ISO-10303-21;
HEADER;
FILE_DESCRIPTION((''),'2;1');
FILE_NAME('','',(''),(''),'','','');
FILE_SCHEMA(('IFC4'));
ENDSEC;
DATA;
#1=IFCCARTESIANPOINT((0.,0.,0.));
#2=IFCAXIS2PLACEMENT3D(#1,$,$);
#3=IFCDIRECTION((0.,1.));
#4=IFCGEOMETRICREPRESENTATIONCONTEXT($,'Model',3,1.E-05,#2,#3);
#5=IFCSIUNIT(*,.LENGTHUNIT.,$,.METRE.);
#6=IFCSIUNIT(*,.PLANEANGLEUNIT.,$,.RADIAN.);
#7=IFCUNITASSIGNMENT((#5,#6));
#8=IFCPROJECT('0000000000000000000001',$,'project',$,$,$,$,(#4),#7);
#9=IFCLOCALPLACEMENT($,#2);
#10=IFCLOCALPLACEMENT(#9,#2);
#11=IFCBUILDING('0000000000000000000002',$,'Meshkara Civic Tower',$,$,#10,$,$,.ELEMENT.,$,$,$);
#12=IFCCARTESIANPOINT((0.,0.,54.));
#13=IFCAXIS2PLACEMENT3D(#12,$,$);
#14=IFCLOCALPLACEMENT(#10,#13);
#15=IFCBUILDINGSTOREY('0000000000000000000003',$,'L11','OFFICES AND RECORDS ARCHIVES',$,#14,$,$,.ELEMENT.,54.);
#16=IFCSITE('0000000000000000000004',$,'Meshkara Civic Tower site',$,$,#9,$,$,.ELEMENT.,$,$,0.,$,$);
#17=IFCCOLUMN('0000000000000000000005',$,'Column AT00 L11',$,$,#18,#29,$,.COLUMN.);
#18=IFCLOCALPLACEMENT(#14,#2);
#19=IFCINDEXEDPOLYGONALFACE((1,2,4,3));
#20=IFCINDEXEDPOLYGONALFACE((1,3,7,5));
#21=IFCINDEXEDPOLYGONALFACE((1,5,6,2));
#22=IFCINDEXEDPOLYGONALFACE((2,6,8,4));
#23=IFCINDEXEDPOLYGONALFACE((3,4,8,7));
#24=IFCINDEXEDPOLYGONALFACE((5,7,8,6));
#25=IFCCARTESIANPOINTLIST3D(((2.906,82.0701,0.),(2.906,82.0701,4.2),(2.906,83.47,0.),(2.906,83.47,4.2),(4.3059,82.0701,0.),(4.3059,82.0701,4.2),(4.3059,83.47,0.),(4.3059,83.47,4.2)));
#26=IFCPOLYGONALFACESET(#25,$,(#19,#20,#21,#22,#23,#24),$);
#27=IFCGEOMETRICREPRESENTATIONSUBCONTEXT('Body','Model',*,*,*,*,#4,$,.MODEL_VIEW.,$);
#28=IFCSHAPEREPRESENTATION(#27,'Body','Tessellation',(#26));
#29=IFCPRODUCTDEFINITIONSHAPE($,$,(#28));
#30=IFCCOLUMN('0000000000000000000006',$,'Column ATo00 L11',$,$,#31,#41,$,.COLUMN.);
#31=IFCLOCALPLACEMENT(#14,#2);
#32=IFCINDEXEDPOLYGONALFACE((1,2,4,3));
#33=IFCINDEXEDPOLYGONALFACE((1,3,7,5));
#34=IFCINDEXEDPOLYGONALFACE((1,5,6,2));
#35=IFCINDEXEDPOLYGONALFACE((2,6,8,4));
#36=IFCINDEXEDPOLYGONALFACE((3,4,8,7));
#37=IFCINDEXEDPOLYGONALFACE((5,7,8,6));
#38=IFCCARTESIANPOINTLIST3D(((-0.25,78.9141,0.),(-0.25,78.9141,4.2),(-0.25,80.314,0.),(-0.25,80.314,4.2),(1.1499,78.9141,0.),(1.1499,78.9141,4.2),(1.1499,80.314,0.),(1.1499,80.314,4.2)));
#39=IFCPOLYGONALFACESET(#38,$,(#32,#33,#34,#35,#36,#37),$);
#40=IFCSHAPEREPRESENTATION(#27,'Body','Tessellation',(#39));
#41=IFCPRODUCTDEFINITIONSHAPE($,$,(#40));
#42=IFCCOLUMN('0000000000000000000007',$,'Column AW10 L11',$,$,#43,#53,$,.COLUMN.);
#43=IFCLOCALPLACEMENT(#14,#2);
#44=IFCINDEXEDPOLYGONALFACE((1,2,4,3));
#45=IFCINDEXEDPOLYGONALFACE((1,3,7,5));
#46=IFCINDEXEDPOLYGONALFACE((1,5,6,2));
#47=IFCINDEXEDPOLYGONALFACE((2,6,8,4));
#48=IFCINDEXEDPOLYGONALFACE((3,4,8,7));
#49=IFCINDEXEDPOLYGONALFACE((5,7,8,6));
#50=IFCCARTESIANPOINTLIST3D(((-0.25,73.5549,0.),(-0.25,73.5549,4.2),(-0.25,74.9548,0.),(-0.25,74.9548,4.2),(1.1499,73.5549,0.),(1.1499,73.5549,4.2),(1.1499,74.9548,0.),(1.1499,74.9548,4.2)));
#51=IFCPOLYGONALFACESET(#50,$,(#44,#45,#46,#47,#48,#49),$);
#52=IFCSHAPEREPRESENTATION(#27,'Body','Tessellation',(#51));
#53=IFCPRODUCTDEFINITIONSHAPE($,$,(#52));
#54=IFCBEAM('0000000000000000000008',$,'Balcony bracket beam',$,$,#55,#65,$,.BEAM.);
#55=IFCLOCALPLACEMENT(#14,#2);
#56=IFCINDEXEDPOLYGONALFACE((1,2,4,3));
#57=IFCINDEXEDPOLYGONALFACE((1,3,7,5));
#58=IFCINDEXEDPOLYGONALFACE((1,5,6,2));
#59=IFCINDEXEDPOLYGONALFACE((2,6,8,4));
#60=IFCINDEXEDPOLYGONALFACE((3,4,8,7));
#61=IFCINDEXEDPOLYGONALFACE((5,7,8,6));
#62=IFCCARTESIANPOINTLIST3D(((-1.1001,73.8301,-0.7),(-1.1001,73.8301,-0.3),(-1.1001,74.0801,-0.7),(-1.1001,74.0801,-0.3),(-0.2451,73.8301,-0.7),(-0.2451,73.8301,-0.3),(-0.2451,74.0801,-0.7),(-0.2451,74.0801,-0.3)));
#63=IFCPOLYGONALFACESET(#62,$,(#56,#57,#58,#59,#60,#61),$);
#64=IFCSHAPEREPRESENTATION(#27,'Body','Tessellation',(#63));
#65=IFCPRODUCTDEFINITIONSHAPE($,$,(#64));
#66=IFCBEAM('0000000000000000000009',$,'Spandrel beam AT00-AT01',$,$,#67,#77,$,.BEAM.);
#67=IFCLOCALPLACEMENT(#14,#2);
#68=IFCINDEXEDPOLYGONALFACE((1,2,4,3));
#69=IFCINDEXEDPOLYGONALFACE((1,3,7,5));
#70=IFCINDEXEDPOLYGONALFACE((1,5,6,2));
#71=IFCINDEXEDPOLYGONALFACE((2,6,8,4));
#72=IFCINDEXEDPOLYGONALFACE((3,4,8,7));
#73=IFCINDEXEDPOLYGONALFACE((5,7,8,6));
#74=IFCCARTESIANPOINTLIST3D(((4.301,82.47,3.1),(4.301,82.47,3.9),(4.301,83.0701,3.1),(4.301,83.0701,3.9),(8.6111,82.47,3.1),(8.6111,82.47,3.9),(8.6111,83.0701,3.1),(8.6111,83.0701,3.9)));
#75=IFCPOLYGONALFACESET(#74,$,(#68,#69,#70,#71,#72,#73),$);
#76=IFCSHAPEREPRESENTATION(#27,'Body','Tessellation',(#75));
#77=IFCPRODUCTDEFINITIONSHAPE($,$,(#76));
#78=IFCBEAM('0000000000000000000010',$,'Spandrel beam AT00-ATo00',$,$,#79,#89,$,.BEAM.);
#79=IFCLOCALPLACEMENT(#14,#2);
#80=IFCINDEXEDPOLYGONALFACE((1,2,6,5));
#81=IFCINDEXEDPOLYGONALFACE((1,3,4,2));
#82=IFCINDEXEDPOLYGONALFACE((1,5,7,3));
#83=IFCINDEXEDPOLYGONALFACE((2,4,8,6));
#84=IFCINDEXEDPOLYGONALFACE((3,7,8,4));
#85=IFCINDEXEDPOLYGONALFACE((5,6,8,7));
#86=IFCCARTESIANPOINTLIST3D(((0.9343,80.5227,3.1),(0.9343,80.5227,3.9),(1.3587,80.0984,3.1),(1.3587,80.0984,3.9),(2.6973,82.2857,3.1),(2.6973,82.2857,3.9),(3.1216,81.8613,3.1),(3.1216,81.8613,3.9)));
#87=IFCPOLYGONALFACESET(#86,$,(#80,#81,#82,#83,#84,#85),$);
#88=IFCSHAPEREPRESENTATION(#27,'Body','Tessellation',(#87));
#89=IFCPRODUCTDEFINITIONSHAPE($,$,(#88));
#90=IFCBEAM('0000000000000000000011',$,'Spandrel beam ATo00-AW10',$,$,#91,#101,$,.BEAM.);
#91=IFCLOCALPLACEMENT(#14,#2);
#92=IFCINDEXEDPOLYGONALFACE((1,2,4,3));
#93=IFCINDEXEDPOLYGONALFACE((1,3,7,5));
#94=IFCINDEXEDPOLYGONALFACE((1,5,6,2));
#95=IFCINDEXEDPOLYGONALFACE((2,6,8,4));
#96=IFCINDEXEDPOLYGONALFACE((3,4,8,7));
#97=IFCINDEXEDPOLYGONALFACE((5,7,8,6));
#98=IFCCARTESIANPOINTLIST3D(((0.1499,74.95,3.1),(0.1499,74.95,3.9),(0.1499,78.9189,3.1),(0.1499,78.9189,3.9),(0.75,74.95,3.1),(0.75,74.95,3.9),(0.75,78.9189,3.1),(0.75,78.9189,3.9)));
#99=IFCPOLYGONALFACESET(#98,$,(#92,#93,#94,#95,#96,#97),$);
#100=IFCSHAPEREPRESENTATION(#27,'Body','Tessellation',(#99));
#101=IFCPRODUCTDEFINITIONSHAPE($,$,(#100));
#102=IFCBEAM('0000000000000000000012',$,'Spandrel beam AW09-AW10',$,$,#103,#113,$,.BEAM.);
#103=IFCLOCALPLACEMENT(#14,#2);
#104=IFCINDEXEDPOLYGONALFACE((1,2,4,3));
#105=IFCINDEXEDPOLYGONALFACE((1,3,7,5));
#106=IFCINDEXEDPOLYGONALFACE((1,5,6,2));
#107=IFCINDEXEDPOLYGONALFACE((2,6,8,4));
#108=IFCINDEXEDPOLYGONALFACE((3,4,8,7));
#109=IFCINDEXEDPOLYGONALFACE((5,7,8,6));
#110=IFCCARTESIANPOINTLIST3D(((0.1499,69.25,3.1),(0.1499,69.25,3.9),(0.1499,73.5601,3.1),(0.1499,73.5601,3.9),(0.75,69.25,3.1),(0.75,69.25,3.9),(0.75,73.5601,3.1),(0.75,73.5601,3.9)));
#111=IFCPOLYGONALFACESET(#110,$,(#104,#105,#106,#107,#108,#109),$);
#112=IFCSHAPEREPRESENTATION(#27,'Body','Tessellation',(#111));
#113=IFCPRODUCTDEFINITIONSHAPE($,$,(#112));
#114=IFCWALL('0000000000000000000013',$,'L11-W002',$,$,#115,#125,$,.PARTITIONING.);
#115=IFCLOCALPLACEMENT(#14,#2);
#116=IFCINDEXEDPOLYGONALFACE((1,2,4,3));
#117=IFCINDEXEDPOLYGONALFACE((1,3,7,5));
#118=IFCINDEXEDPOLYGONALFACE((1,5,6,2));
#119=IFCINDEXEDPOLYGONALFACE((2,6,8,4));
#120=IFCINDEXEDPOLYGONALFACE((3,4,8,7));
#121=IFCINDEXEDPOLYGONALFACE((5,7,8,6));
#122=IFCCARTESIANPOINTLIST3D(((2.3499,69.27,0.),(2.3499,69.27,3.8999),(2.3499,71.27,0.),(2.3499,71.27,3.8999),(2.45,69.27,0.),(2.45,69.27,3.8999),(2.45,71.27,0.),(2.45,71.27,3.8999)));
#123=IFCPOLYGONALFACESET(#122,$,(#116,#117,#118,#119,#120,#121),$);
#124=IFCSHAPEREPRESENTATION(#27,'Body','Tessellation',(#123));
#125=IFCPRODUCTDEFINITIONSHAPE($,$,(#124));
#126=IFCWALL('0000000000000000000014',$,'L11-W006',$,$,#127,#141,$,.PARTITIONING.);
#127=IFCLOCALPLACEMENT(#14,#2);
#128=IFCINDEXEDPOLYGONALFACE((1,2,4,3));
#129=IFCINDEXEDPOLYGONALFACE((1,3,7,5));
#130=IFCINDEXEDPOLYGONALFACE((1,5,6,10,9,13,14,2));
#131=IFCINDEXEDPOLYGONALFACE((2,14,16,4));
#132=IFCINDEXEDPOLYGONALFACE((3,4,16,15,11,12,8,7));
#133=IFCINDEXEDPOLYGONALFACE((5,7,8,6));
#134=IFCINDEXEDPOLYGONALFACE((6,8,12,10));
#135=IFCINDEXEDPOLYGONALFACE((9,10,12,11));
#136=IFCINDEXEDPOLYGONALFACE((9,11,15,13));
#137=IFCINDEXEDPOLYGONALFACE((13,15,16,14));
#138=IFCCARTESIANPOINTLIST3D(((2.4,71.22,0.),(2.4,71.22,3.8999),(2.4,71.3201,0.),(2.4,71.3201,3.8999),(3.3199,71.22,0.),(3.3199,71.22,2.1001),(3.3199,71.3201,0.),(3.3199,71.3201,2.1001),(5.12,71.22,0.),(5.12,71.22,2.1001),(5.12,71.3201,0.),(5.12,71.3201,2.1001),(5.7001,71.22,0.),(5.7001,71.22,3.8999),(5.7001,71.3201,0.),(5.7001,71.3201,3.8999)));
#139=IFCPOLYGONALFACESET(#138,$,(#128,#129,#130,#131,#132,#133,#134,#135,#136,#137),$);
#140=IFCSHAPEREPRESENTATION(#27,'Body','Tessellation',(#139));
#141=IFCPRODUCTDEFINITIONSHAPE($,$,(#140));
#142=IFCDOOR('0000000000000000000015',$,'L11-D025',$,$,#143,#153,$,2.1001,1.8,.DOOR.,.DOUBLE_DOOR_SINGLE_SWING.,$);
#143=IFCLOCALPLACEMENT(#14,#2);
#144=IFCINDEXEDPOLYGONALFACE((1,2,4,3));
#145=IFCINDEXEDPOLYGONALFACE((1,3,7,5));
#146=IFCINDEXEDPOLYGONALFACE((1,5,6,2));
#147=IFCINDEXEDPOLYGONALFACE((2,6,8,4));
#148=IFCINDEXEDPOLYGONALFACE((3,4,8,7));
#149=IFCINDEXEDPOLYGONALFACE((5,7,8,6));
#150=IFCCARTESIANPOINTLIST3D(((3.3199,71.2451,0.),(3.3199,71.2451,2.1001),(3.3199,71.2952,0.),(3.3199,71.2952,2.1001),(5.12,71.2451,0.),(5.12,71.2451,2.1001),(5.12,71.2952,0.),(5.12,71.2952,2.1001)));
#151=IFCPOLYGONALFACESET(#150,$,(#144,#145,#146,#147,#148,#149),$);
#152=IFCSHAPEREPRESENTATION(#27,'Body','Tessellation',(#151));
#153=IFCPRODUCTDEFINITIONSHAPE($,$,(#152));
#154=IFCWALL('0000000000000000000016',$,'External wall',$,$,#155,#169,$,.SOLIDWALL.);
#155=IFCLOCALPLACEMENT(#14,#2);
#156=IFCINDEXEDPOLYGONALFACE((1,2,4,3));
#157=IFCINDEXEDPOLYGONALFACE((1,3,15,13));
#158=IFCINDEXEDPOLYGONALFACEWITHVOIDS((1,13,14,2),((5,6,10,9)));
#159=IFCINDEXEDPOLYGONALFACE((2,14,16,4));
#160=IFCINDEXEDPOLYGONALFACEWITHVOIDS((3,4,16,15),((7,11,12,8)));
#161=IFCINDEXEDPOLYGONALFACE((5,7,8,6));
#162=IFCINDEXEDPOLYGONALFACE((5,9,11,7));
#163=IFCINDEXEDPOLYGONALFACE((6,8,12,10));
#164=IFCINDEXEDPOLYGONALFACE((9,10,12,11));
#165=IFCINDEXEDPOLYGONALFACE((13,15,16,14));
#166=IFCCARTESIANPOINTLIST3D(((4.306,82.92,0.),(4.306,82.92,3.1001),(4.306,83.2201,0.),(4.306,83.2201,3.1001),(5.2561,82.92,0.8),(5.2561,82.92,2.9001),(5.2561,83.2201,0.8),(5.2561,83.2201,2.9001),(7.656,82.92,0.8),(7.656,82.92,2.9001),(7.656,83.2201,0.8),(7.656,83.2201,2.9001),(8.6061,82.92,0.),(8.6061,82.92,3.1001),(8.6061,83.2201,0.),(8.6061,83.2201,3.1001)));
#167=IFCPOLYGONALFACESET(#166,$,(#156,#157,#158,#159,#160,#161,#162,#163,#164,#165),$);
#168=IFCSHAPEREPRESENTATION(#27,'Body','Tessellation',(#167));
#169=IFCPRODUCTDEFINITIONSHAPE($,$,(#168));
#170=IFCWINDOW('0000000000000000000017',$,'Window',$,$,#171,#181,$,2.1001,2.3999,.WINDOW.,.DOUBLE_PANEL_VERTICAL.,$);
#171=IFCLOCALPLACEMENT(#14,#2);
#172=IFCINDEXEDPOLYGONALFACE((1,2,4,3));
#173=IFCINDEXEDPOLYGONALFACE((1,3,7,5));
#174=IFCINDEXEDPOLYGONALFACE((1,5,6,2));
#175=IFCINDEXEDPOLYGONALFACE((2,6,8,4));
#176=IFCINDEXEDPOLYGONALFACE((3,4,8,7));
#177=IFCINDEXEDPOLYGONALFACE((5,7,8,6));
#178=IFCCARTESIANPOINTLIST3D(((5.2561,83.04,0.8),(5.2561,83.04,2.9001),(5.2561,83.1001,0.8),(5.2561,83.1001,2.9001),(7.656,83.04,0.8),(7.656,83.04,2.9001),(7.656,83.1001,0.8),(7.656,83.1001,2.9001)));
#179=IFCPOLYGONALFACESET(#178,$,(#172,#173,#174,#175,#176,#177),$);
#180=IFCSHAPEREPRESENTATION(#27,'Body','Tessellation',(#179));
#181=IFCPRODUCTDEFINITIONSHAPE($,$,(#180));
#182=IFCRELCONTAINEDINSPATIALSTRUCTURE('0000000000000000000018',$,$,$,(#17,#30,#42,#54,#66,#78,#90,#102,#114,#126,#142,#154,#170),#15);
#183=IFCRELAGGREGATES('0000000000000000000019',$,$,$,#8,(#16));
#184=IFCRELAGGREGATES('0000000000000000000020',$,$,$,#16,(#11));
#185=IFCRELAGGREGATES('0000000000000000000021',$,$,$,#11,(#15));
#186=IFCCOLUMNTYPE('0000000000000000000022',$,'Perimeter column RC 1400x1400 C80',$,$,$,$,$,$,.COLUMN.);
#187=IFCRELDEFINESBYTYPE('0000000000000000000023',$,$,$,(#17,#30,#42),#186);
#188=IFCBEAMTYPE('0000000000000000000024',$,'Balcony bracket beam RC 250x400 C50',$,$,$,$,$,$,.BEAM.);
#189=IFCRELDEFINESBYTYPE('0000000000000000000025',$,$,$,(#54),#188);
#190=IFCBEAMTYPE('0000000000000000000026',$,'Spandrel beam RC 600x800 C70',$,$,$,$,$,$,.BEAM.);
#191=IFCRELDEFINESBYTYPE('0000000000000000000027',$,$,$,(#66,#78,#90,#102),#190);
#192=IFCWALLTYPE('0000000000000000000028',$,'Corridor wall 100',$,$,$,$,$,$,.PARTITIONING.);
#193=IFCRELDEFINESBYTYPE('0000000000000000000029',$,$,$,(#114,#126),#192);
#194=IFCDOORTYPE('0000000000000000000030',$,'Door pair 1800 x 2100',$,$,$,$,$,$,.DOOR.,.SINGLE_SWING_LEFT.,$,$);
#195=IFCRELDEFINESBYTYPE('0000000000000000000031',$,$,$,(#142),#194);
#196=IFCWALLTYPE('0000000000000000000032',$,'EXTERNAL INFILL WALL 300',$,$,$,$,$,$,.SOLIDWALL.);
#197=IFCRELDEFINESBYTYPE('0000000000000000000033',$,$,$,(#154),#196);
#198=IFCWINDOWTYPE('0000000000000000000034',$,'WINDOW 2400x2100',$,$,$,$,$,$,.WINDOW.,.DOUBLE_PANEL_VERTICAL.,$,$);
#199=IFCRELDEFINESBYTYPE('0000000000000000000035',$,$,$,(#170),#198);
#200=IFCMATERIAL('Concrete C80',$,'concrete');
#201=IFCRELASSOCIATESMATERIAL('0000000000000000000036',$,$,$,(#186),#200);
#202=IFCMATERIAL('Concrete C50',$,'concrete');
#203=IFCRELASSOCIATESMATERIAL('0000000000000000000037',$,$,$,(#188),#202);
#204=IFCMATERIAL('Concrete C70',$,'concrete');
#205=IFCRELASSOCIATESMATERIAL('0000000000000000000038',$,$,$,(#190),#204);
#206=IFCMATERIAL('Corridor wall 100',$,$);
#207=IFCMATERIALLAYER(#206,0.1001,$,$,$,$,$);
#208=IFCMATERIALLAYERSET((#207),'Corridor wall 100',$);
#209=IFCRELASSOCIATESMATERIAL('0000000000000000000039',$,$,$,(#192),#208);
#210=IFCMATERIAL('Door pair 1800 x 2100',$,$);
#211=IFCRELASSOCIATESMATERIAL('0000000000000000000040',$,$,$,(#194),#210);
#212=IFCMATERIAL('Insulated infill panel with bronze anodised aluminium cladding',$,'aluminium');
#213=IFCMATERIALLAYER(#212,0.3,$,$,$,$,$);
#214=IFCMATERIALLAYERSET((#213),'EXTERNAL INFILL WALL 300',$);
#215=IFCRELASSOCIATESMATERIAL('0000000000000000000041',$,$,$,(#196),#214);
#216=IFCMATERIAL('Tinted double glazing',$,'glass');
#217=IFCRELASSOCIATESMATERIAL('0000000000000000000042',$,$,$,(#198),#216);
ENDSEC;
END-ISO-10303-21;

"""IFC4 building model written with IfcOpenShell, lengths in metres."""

from ifc_helpers import new_model, si_unit, direction, frame, frame_2d, origin, origin_2d, place, context, subcontext, project, spatial, rectangle, extrude, material, layer, layer_set, material_profile, profile_set, type_object, element, fill, save


model = new_model("IFC4")

# Units and contexts
model_context = context("Model", 3, precision=1e-05, world=origin(), true_north=direction((0.0, 1.0)))
body_context = subcontext(model_context, "Body", "Model", "MODEL_VIEW")
ifc_project = project(units=[si_unit("LENGTHUNIT", "METRE"), si_unit("PLANEANGLEUNIT", "RADIAN")], contexts=[model_context])

# Site, building, storey
site_placement = place(None, origin())
site = spatial("IfcSite", under=ifc_project, at=site_placement, Name="Meshkara Civic Tower site", CompositionType="ELEMENT", RefElevation=0.0)
building_placement = place(site_placement, origin())
building = spatial("IfcBuilding", under=site, at=building_placement, Name="Meshkara Civic Tower", CompositionType="ELEMENT")
storey_placement = place(building_placement, frame((0.0, 0.0, 54.0)))
storey = spatial("IfcBuildingStorey", under=building, at=storey_placement, Name="L11", Description="OFFICES AND RECORDS ARCHIVES", CompositionType="ELEMENT", Elevation=54.0)

# Columns
ifc_material_1 = material(Name="Concrete C80", Category="concrete")
ifc_material_profile_1 = material_profile(ifc_material_1, rectangle(XDim=1.3999, YDim=1.3999, at=origin_2d()))
ifc_profile_set_1 = profile_set([ifc_material_profile_1], Name="Concrete C80")
column_type = type_object("IfcColumnType", Name="Perimeter column RC 1400x1400 C80", PredefinedType="COLUMN", material=ifc_profile_set_1)
for number, where, z_axis, x_axis, name in (
    (1, (3.606, 82.77, 0.0), (0.0, 0.0, 1.0), (1.0, 0.0, 0.0), "Column AT00 L11"),
    (2, (0.45, 79.614, 0.0), (0.0, 0.0, 1.0), (1.0, 0.0, 0.0), "Column ATo00 L11"),
    (3, (0.45, 74.2549, 0.0), (0.0, 0.0, 1.0), (1.0, 0.0, 0.0), "Column AW10 L11"),
):
    element("IfcColumn", number, at=place(storey_placement, frame(where, z_axis=z_axis, x_axis=x_axis)), inside=storey, type_object=column_type, Name=name, PredefinedType="COLUMN", context=body_context, shape_type="SweptSolid", body=[
        extrude(rectangle(XDim=1.3999, YDim=1.3999, at=origin_2d()), origin(), (0.0, 0.0, 1.0), 4.2),
    ])

# Beams
ifc_material_2 = material(Name="Concrete C50", Category="concrete")
ifc_material_profile_2 = material_profile(ifc_material_2, rectangle(XDim=0.25, YDim=0.3999, at=origin_2d()))
ifc_profile_set_2 = profile_set([ifc_material_profile_2], Name="Concrete C50")
beam_type_1 = type_object("IfcBeamType", Name="Balcony bracket beam RC 250x400 C50", PredefinedType="BEAM", material=ifc_profile_set_2)
beam_1_placement = place(storey_placement, frame((-0.2451, 73.9551, -0.5), z_axis=(-1.0, 0.0, 0.0), x_axis=(0.0, -1.0, 0.0)))
element("IfcBeam", 4, at=beam_1_placement, inside=storey, type_object=beam_type_1, Name="Balcony bracket beam", PredefinedType="BEAM", context=body_context, shape_type="SweptSolid", body=[
    extrude(rectangle(XDim=0.25, YDim=0.3999, at=origin_2d()), origin(), (0.0, 0.0, 1.0), 0.855),
])
ifc_material_3 = material(Name="Concrete C70", Category="concrete")
ifc_material_profile_3 = material_profile(ifc_material_3, rectangle(XDim=0.6001, YDim=0.8, at=origin_2d()))
ifc_profile_set_3 = profile_set([ifc_material_profile_3], Name="Concrete C70")
beam_type_2 = type_object("IfcBeamType", Name="Spandrel beam RC 600x800 C70", PredefinedType="BEAM", material=ifc_profile_set_3)
beam_2_placement = place(storey_placement, frame((8.6111, 82.77, 3.5), z_axis=(-1.0, 0.0, 0.0), x_axis=(0.0, -1.0, 0.0)))
element("IfcBeam", 5, at=beam_2_placement, inside=storey, type_object=beam_type_2, Name="Spandrel beam AT00-AT01", PredefinedType="BEAM", context=body_context, shape_type="SweptSolid", body=[
    extrude(rectangle(XDim=0.6001, YDim=0.8, at=origin_2d()), origin(), (0.0, 0.0, 1.0), 4.3101),
])
beam_3_placement = place(storey_placement, frame((2.9094, 82.0735, 3.5), z_axis=(-0.707107, -0.707107, 0.0), x_axis=(0.707107, -0.707107, 0.0)))
element("IfcBeam", 6, at=beam_3_placement, inside=storey, type_object=beam_type_2, Name="Spandrel beam AT00-ATo00", PredefinedType="BEAM", context=body_context, shape_type="SweptSolid", body=[
    extrude(rectangle(XDim=0.6001, YDim=0.8, at=origin_2d()), origin(), (0.0, 0.0, 1.0), 2.4932),
])
beam_4_placement = place(storey_placement, frame((0.45, 78.9189, 3.5), z_axis=(0.0, -1.0, 0.0), x_axis=(1.0, 0.0, 0.0)))
element("IfcBeam", 7, at=beam_4_placement, inside=storey, type_object=beam_type_2, Name="Spandrel beam ATo00-AW10", PredefinedType="BEAM", context=body_context, shape_type="SweptSolid", body=[
    extrude(rectangle(XDim=0.6001, YDim=0.8, at=origin_2d()), origin(), (0.0, 0.0, 1.0), 3.969),
])
beam_5_placement = place(storey_placement, frame((0.45, 73.5601, 3.5), z_axis=(0.0, -1.0, 0.0), x_axis=(1.0, 0.0, 0.0)))
element("IfcBeam", 8, at=beam_5_placement, inside=storey, type_object=beam_type_2, Name="Spandrel beam AW09-AW10", PredefinedType="BEAM", context=body_context, shape_type="SweptSolid", body=[
    extrude(rectangle(XDim=0.6001, YDim=0.8, at=origin_2d()), origin(), (0.0, 0.0, 1.0), 4.3101),
])

# Wall
ifc_material_4 = material(Name="Corridor wall 100")
ifc_layer_1 = layer(ifc_material_4, 0.1001)
ifc_layer_set_1 = layer_set([ifc_layer_1], Name="Corridor wall 100")
wall_type_1 = type_object("IfcWallType", Name="Corridor wall 100", PredefinedType="PARTITIONING", material=ifc_layer_set_1)
wall_1_placement = place(storey_placement, frame((2.3999, 71.27, 0.0), z_axis=(0.0, 0.0, 1.0), x_axis=(0.0, -1.0, 0.0)))
element("IfcWall", 9, at=wall_1_placement, inside=storey, type_object=wall_type_1, Name="L11-W002", PredefinedType="PARTITIONING", context=body_context, shape_type="SweptSolid", body=[
    extrude(rectangle(XDim=2.0, YDim=0.1001, at=frame_2d((1.0, 0.0))), origin(), (0.0, 0.0, 1.0), 3.8999),
])

# Wall, opening, door
wall_2_placement = place(storey_placement, frame((5.7, 71.27, 0.0), z_axis=(0.0, 0.0, 1.0), x_axis=(-1.0, 0.0, 0.0)))
wall_2 = element("IfcWall", 10, at=wall_2_placement, inside=storey, type_object=wall_type_1, Name="L11-W006", PredefinedType="PARTITIONING", context=body_context, shape_type="SweptSolid", body=[
    extrude(rectangle(XDim=3.3, YDim=0.1001, at=frame_2d((1.6499, 0.0))), origin(), (0.0, 0.0, 1.0), 3.8999),
])
opening_1_placement = place(wall_2_placement, frame((0.5801, 0.0, 0.0)))
opening_1 = element("IfcOpeningElement", 11, at=opening_1_placement, cuts=wall_2, PredefinedType="OPENING", context=body_context, shape_type="SweptSolid", body=[
    extrude(rectangle(XDim=1.8, YDim=2.1001, at=frame_2d((0.8999, 1.05))), frame((0.0, 0.0601, 0.0), z_axis=(0.0, -1.0, 0.0), x_axis=(1.0, 0.0, 0.0)), (0.0, 0.0, 1.0), 0.1201),
])
ifc_material_5 = material(Name="Door pair 1800 x 2100")
door_type_1 = type_object("IfcDoorType", Name="Door pair 1800 x 2100", OperationType="SINGLE_SWING_LEFT", PredefinedType="DOOR", material=ifc_material_5)
door_1_placement = place(opening_1_placement, origin())
door_1 = element("IfcDoor", 12, at=door_1_placement, inside=storey, type_object=door_type_1, Name="L11-D025", OperationType="DOUBLE_DOOR_SINGLE_SWING", OverallHeight=2.1001, OverallWidth=1.8, PredefinedType="DOOR", context=body_context, shape_type="SweptSolid", body=[
    extrude(rectangle(XDim=1.8, YDim=2.1001, at=frame_2d((0.8999, 1.05))), frame((0.0, 0.0249, 0.0), z_axis=(0.0, -1.0, 0.0), x_axis=(1.0, 0.0, 0.0)), (0.0, 0.0, 1.0), 0.05),
])
fill(opening_1, door_1)

# Wall, opening, window
ifc_material_6 = material(Name="Insulated infill panel with bronze anodised aluminium cladding", Category="aluminium")
ifc_layer_2 = layer(ifc_material_6, 0.3)
ifc_layer_set_2 = layer_set([ifc_layer_2], Name="EXTERNAL INFILL WALL 300")
wall_type_2 = type_object("IfcWallType", Name="EXTERNAL INFILL WALL 300", PredefinedType="SOLIDWALL", material=ifc_layer_set_2)
wall_3_placement = place(storey_placement, frame((8.606, 83.0701, 0.0), z_axis=(0.0, 0.0, 1.0), x_axis=(-1.0, 0.0, 0.0)))
wall_3 = element("IfcWall", 13, at=wall_3_placement, inside=storey, type_object=wall_type_2, Name="External wall", PredefinedType="SOLIDWALL", context=body_context, shape_type="SweptSolid", body=[
    extrude(rectangle(XDim=4.3, YDim=0.3, at=frame_2d((2.1499, 0.0))), origin(), (0.0, 0.0, 1.0), 3.1001),
])
opening_2_placement = place(wall_3_placement, frame((0.95, 0.0, 0.8)))
opening_2 = element("IfcOpeningElement", 14, at=opening_2_placement, cuts=wall_3, PredefinedType="OPENING", context=body_context, shape_type="SweptSolid", body=[
    extrude(rectangle(XDim=2.3999, YDim=2.1001, at=frame_2d((1.2, 1.05))), frame((0.0, 0.1599, 0.0), z_axis=(0.0, -1.0, 0.0), x_axis=(1.0, 0.0, 0.0)), (0.0, 0.0, 1.0), 0.3201),
])
ifc_material_7 = material(Name="Tinted double glazing", Category="glass")
window_type_1 = type_object("IfcWindowType", Name="WINDOW 2400x2100", PartitioningType="DOUBLE_PANEL_VERTICAL", PredefinedType="WINDOW", material=ifc_material_7)
window_1_placement = place(opening_2_placement, origin())
window_1 = element("IfcWindow", 15, at=window_1_placement, inside=storey, type_object=window_type_1, Name="Window", OverallHeight=2.1001, OverallWidth=2.3999, PartitioningType="DOUBLE_PANEL_VERTICAL", PredefinedType="WINDOW", context=body_context, shape_type="SweptSolid", body=[
    extrude(rectangle(XDim=2.3999, YDim=2.1001, at=frame_2d((1.2, 1.05))), frame((0.0, 0.03, 0.0), z_axis=(0.0, -1.0, 0.0), x_axis=(1.0, 0.0, 0.0)), (0.0, 0.0, 1.0), 0.0601),
])
fill(opening_2, window_1)

save(model, "model.ifc")
